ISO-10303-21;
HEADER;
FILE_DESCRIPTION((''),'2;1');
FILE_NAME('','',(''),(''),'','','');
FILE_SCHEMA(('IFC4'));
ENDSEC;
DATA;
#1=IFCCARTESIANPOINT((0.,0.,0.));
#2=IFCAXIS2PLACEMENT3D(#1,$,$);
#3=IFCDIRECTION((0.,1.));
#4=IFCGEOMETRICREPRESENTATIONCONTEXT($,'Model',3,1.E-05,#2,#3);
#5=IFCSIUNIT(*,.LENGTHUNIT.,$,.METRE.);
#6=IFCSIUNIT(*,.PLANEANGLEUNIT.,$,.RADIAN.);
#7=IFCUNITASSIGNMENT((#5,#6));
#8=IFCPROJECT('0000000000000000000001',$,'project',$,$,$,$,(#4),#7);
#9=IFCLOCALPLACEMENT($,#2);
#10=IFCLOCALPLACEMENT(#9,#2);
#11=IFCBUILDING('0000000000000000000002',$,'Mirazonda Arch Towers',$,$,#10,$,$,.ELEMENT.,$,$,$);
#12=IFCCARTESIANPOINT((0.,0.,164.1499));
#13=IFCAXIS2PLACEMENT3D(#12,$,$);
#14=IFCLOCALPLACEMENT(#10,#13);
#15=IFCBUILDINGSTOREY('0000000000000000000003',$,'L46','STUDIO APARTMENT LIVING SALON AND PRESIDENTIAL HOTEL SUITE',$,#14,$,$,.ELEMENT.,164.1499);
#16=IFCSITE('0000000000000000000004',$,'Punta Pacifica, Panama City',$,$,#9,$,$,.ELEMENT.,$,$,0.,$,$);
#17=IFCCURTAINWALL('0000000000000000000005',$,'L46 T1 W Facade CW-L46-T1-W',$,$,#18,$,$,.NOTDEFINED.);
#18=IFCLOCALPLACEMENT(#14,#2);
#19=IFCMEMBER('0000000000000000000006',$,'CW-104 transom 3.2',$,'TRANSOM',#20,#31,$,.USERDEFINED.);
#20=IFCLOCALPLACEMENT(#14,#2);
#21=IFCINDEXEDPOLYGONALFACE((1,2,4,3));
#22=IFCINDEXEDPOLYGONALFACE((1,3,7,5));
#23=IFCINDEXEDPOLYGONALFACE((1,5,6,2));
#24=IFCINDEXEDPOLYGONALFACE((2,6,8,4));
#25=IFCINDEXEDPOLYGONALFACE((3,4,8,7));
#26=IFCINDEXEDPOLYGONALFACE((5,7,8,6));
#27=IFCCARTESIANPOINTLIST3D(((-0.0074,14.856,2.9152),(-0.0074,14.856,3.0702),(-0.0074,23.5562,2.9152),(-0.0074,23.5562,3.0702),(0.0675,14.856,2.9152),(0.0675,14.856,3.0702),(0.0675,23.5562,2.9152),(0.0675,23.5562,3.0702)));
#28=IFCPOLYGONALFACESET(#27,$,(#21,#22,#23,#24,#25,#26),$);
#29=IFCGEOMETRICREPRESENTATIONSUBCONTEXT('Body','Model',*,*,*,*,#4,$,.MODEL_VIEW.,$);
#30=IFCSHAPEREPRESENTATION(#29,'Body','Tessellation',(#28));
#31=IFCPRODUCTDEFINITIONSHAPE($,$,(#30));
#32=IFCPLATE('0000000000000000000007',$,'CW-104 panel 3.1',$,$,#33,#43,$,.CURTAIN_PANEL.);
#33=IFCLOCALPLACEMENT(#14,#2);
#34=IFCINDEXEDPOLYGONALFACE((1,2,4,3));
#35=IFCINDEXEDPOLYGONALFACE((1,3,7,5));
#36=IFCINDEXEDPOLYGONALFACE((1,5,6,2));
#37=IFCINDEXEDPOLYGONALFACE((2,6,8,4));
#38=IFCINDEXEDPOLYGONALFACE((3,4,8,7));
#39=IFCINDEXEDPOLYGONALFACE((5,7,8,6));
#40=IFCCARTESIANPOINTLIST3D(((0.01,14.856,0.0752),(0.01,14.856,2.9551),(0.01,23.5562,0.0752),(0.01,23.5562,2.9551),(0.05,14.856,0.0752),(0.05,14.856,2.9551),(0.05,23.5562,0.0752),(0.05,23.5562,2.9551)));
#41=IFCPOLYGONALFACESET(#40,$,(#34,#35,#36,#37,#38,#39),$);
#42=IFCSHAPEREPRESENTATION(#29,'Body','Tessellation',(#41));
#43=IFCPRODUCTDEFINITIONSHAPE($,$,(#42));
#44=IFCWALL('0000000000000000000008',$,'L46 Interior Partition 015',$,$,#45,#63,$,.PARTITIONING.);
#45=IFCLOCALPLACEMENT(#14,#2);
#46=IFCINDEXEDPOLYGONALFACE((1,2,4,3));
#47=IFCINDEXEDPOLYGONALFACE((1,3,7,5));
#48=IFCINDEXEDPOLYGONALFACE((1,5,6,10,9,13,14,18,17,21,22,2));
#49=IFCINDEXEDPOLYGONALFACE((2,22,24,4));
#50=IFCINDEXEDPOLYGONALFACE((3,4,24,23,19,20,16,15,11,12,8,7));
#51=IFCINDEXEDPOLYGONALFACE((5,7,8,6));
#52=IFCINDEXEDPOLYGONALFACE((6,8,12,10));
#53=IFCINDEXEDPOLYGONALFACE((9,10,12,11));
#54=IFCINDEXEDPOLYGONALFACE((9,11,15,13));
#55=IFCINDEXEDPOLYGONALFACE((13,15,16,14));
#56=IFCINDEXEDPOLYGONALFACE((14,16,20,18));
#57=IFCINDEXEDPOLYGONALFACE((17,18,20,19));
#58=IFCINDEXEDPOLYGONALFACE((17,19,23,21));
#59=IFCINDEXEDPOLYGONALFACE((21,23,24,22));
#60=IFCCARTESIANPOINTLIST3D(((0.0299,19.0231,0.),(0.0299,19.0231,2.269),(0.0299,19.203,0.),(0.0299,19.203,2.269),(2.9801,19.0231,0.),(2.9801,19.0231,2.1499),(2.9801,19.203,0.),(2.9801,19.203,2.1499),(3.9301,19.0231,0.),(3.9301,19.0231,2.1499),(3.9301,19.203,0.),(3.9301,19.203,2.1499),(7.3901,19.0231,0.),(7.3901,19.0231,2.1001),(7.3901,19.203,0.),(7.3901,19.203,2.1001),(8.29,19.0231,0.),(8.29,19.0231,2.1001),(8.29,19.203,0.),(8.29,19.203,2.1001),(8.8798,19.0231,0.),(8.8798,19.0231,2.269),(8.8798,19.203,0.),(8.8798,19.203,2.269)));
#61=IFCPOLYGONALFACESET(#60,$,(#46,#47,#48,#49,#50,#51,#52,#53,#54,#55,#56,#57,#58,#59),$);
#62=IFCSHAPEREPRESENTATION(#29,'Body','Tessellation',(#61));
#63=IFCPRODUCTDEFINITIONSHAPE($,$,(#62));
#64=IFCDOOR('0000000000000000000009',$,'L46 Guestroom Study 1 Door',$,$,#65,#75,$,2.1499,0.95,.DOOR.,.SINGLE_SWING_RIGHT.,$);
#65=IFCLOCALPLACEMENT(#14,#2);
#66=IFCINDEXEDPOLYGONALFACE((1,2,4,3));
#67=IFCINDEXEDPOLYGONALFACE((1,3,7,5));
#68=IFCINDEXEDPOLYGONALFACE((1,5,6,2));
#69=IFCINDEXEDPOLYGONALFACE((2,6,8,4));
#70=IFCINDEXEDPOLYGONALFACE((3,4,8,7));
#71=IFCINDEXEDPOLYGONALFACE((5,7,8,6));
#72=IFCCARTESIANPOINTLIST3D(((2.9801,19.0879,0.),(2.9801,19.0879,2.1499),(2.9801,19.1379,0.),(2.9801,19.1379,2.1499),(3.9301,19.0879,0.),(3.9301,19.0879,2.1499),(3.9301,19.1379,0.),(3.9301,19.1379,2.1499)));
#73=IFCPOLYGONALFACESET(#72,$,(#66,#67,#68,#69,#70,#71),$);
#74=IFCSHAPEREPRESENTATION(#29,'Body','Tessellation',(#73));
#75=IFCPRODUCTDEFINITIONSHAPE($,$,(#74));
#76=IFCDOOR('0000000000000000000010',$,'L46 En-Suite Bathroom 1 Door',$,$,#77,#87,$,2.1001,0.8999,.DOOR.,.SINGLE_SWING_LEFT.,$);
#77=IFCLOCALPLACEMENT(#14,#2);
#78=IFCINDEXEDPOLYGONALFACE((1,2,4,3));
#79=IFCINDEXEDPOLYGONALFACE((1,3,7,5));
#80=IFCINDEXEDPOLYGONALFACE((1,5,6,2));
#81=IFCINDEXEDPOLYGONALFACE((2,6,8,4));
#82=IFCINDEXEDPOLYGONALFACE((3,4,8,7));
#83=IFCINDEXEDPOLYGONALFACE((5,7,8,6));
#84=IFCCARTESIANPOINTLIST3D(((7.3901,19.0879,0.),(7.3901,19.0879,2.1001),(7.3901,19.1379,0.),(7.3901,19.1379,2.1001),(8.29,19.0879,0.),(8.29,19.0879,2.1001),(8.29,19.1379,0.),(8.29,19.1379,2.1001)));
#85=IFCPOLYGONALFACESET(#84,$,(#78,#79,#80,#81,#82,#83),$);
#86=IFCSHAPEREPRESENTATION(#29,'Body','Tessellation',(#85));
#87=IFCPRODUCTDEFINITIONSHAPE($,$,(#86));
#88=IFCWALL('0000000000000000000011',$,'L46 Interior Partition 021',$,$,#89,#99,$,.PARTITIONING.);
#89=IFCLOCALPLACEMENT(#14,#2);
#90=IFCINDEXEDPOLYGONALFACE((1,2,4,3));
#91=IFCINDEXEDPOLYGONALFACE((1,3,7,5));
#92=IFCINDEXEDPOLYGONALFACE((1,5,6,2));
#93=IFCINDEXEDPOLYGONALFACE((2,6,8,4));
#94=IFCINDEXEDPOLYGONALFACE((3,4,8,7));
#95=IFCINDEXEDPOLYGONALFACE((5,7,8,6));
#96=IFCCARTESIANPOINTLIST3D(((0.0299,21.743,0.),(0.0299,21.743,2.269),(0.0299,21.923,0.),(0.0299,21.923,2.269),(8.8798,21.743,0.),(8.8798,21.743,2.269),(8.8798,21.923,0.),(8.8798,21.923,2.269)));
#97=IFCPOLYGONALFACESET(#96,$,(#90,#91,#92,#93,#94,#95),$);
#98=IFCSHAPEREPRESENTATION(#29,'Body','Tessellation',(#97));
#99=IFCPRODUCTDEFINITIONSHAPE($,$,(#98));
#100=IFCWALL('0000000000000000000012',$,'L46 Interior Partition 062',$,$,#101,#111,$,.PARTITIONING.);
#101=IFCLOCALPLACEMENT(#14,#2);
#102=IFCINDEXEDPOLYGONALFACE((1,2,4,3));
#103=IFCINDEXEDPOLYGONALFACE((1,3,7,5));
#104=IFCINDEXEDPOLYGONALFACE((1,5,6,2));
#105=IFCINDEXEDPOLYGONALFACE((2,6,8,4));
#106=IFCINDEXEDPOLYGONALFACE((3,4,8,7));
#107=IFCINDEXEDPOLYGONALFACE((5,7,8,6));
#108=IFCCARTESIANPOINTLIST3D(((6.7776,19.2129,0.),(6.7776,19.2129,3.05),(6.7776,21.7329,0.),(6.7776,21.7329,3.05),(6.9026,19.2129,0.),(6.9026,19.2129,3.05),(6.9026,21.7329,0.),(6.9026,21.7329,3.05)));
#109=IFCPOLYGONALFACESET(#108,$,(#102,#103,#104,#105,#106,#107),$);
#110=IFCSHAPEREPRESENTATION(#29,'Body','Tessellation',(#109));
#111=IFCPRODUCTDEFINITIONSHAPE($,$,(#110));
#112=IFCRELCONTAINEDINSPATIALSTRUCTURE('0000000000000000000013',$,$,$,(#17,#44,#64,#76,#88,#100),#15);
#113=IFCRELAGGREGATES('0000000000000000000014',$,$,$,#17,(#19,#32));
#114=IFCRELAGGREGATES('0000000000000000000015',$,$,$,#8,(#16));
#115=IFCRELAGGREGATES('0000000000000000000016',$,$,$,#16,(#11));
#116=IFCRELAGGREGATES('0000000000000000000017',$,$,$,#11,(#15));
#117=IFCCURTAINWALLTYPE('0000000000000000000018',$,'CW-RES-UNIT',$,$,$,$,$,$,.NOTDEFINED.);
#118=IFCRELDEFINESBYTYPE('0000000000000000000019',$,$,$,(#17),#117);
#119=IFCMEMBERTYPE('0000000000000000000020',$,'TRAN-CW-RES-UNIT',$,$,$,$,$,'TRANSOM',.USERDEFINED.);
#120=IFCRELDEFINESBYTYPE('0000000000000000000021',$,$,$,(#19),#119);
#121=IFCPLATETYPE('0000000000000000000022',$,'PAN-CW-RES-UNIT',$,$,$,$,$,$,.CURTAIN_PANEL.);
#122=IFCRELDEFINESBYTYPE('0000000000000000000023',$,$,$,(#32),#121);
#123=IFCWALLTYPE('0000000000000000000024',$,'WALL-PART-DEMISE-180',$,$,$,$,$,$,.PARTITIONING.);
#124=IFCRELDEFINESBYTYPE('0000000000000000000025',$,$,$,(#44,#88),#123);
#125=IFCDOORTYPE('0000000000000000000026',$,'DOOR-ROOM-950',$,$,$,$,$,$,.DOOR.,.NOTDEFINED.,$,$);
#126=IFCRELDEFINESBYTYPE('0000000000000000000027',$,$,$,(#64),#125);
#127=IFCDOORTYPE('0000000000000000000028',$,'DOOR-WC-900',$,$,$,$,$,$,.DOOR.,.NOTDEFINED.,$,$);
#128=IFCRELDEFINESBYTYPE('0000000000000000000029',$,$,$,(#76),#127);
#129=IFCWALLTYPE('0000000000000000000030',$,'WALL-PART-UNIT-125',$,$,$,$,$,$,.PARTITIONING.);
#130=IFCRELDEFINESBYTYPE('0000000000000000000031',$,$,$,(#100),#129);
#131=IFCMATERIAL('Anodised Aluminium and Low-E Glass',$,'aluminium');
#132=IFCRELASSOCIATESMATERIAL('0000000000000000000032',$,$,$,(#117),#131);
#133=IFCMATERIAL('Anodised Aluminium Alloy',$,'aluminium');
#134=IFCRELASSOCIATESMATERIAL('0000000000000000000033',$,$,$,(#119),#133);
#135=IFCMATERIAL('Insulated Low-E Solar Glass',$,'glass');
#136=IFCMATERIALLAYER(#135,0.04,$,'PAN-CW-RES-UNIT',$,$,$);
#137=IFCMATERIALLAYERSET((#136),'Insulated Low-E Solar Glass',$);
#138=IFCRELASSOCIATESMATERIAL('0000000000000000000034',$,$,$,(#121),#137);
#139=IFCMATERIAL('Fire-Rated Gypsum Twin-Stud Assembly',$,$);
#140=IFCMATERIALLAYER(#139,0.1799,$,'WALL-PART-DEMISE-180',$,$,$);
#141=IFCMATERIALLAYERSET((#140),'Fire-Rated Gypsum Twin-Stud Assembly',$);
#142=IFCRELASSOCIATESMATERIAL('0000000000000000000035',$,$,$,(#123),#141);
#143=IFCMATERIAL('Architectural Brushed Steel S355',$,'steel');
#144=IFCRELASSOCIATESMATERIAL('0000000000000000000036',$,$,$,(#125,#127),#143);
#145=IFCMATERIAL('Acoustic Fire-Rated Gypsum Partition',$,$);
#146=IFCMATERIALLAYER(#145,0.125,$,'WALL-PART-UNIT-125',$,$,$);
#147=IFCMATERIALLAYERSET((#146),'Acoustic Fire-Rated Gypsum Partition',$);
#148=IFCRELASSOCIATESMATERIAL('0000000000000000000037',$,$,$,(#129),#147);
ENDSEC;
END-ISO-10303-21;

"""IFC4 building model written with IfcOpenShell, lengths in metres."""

from ifc_helpers import new_model, si_unit, direction, frame, frame_2d, origin, origin_2d, place, context, subcontext, project, spatial, rectangle, extrude, material, layer, layer_set, material_profile, profile_set, type_object, element, fill, aggregate, save


model = new_model("IFC4")

# Units and contexts
model_context = context("Model", 3, precision=1e-05, world=origin(), true_north=direction((0.0, 1.0)))
body_context = subcontext(model_context, "Body", "Model", "MODEL_VIEW")
ifc_project = project(units=[si_unit("LENGTHUNIT", "METRE"), si_unit("PLANEANGLEUNIT", "RADIAN")], contexts=[model_context])

# Site, building, storey
site_placement = place(None, origin())
site = spatial("IfcSite", under=ifc_project, at=site_placement, Name="Punta Pacifica, Panama City", CompositionType="ELEMENT", RefElevation=0.0)
building_placement = place(site_placement, origin())
building = spatial("IfcBuilding", under=site, at=building_placement, Name="Mirazonda Arch Towers", CompositionType="ELEMENT")
storey_placement = place(building_placement, frame((0.0, 0.0, 164.1499)))
storey = spatial("IfcBuildingStorey", under=building, at=storey_placement, Name="L46", Description="STUDIO APARTMENT LIVING SALON AND PRESIDENTIAL HOTEL SUITE", CompositionType="ELEMENT", Elevation=164.1499)

# Curtain wall, member, plate
ifc_material_1 = material(Name="Anodised Aluminium and Low-E Glass", Category="aluminium")
curtain_wall_type = type_object("IfcCurtainWallType", Name="CW-RES-UNIT", PredefinedType="NOTDEFINED", material=ifc_material_1)
curtain_wall_placement = place(storey_placement, origin())
curtain_wall = element("IfcCurtainWall", 1, at=curtain_wall_placement, inside=storey, type_object=curtain_wall_type, Name="L46 T1 W Facade CW-L46-T1-W", PredefinedType="NOTDEFINED")
ifc_material_2 = material(Name="Anodised Aluminium Alloy", Category="aluminium")
ifc_material_profile_1 = material_profile(ifc_material_2, rectangle(XDim=0.075, YDim=0.155, at=origin_2d()), Name="ALU-TRAN-75x155")
ifc_profile_set_1 = profile_set([ifc_material_profile_1], Name="Anodised Aluminium Alloy")
member_type_1 = type_object("IfcMemberType", Name="TRAN-CW-RES-UNIT", ElementType="TRANSOM", PredefinedType="USERDEFINED", material=ifc_profile_set_1)
member_1_placement = place(storey_placement, frame((0.03, 23.5562, 2.9927), z_axis=(0.0, -1.0, 0.0), x_axis=(1.0, 0.0, 0.0)))
member_1 = element("IfcMember", 2, at=member_1_placement, type_object=member_type_1, Name="CW-104 transom 3.2", ObjectType="TRANSOM", PredefinedType="USERDEFINED", context=body_context, shape_type="SweptSolid", body=[
    extrude(rectangle(XDim=0.075, YDim=0.155, at=origin_2d()), origin(), (0.0, 0.0, 1.0), 8.7002),
])
ifc_material_3 = material(Name="Insulated Low-E Solar Glass", Category="glass")
ifc_layer_1 = layer(ifc_material_3, 0.04, Name="PAN-CW-RES-UNIT")
ifc_layer_set_1 = layer_set([ifc_layer_1], Name="Insulated Low-E Solar Glass")
plate_type = type_object("IfcPlateType", Name="PAN-CW-RES-UNIT", PredefinedType="CURTAIN_PANEL", material=ifc_layer_set_1)
plate_placement = place(storey_placement, frame((0.03, 19.2061, 0.0752), z_axis=(0.0, 0.0, 1.0), x_axis=(0.0, -1.0, 0.0)))
plate = element("IfcPlate", 3, at=plate_placement, type_object=plate_type, Name="CW-104 panel 3.1", PredefinedType="CURTAIN_PANEL", context=body_context, shape_type="SweptSolid", body=[
    extrude(rectangle(XDim=8.7002, YDim=0.04, at=origin_2d()), origin(), (0.0, 0.0, 1.0), 2.8799),
])
aggregate(curtain_wall, [member_1, plate])

# Wall, openings, doors
ifc_material_4 = material(Name="Fire-Rated Gypsum Twin-Stud Assembly")
ifc_layer_2 = layer(ifc_material_4, 0.1799, Name="WALL-PART-DEMISE-180")
ifc_layer_set_2 = layer_set([ifc_layer_2], Name="Fire-Rated Gypsum Twin-Stud Assembly")
wall_type_1 = type_object("IfcWallType", Name="WALL-PART-DEMISE-180", PredefinedType="PARTITIONING", material=ifc_layer_set_2)
wall_1_placement = place(storey_placement, frame((0.03, 19.113, 0.0), z_axis=(0.0, 0.0, 1.0), x_axis=(1.0, 0.0, 0.0)))
wall_1 = element("IfcWall", 4, at=wall_1_placement, inside=storey, type_object=wall_type_1, Name="L46 Interior Partition 015", PredefinedType="PARTITIONING", context=body_context, shape_type="SweptSolid", body=[
    extrude(rectangle(XDim=8.8499, YDim=0.1799, at=frame_2d((4.4248, 0.0))), origin(), (0.0, 0.0, 1.0), 2.269),
])
opening_1_placement = place(wall_1_placement, frame((2.95, 0.0, 0.0)))
opening_1 = element("IfcOpeningElement", 5, at=opening_1_placement, cuts=wall_1, PredefinedType="OPENING", context=body_context, shape_type="SweptSolid", body=[
    extrude(rectangle(XDim=0.95, YDim=2.1499, at=frame_2d((0.4751, 1.075))), frame((0.0, 0.0999, 0.0), z_axis=(0.0, -1.0, 0.0), x_axis=(1.0, 0.0, 0.0)), (0.0, 0.0, 1.0), 0.2),
])
opening_2_placement = place(wall_1_placement, frame((7.3601, 0.0, 0.0)))
opening_2 = element("IfcOpeningElement", 6, at=opening_2_placement, cuts=wall_1, PredefinedType="OPENING", context=body_context, shape_type="SweptSolid", body=[
    extrude(rectangle(XDim=0.8999, YDim=2.1001, at=frame_2d((0.45, 1.05))), frame((0.0, 0.0999, 0.0), z_axis=(0.0, -1.0, 0.0), x_axis=(1.0, 0.0, 0.0)), (0.0, 0.0, 1.0), 0.2),
])
ifc_material_5 = material(Name="Architectural Brushed Steel S355", Category="steel")
door_type_1 = type_object("IfcDoorType", Name="DOOR-ROOM-950", OperationType="NOTDEFINED", PredefinedType="DOOR", material=ifc_material_5)
door_1_placement = place(opening_1_placement, origin())
door_1 = element("IfcDoor", 7, at=door_1_placement, inside=storey, type_object=door_type_1, Name="L46 Guestroom Study 1 Door", OperationType="SINGLE_SWING_RIGHT", OverallHeight=2.1499, OverallWidth=0.95, PredefinedType="DOOR", context=body_context, shape_type="SweptSolid", body=[
    extrude(rectangle(XDim=0.95, YDim=2.1499, at=frame_2d((0.4751, 1.075))), frame((0.0, 0.0249, 0.0), z_axis=(0.0, -1.0, 0.0), x_axis=(1.0, 0.0, 0.0)), (0.0, 0.0, 1.0), 0.05),
])
fill(opening_1, door_1)
door_type_2 = type_object("IfcDoorType", Name="DOOR-WC-900", OperationType="NOTDEFINED", PredefinedType="DOOR", material=ifc_material_5)
door_2_placement = place(opening_2_placement, origin())
door_2 = element("IfcDoor", 8, at=door_2_placement, inside=storey, type_object=door_type_2, Name="L46 En-Suite Bathroom 1 Door", OperationType="SINGLE_SWING_LEFT", OverallHeight=2.1001, OverallWidth=0.8999, PredefinedType="DOOR", context=body_context, shape_type="SweptSolid", body=[
    extrude(rectangle(XDim=0.8999, YDim=2.1001, at=frame_2d((0.45, 1.05))), frame((0.0, 0.0249, 0.0), z_axis=(0.0, -1.0, 0.0), x_axis=(1.0, 0.0, 0.0)), (0.0, 0.0, 1.0), 0.05),
])
fill(opening_2, door_2)

# Walls
wall_2_placement = place(storey_placement, frame((0.03, 21.833, 0.0), z_axis=(0.0, 0.0, 1.0), x_axis=(1.0, 0.0, 0.0)))
element("IfcWall", 9, at=wall_2_placement, inside=storey, type_object=wall_type_1, Name="L46 Interior Partition 021", PredefinedType="PARTITIONING", context=body_context, shape_type="SweptSolid", body=[
    extrude(rectangle(XDim=8.8499, YDim=0.1799, at=frame_2d((4.4248, 0.0))), origin(), (0.0, 0.0, 1.0), 2.269),
])
ifc_material_6 = material(Name="Acoustic Fire-Rated Gypsum Partition")
ifc_layer_3 = layer(ifc_material_6, 0.125, Name="WALL-PART-UNIT-125")
ifc_layer_set_3 = layer_set([ifc_layer_3], Name="Acoustic Fire-Rated Gypsum Partition")
wall_type_2 = type_object("IfcWallType", Name="WALL-PART-UNIT-125", PredefinedType="PARTITIONING", material=ifc_layer_set_3)
wall_3_placement = place(storey_placement, frame((6.8401, 19.2129, 0.0), z_axis=(0.0, 0.0, 1.0), x_axis=(0.0, 1.0, 0.0)))
element("IfcWall", 10, at=wall_3_placement, inside=storey, type_object=wall_type_2, Name="L46 Interior Partition 062", PredefinedType="PARTITIONING", context=body_context, shape_type="SweptSolid", body=[
    extrude(rectangle(XDim=2.52, YDim=0.125, at=frame_2d((1.26, 0.0))), origin(), (0.0, 0.0, 1.0), 3.05),
])

save(model, "model.ifc")
